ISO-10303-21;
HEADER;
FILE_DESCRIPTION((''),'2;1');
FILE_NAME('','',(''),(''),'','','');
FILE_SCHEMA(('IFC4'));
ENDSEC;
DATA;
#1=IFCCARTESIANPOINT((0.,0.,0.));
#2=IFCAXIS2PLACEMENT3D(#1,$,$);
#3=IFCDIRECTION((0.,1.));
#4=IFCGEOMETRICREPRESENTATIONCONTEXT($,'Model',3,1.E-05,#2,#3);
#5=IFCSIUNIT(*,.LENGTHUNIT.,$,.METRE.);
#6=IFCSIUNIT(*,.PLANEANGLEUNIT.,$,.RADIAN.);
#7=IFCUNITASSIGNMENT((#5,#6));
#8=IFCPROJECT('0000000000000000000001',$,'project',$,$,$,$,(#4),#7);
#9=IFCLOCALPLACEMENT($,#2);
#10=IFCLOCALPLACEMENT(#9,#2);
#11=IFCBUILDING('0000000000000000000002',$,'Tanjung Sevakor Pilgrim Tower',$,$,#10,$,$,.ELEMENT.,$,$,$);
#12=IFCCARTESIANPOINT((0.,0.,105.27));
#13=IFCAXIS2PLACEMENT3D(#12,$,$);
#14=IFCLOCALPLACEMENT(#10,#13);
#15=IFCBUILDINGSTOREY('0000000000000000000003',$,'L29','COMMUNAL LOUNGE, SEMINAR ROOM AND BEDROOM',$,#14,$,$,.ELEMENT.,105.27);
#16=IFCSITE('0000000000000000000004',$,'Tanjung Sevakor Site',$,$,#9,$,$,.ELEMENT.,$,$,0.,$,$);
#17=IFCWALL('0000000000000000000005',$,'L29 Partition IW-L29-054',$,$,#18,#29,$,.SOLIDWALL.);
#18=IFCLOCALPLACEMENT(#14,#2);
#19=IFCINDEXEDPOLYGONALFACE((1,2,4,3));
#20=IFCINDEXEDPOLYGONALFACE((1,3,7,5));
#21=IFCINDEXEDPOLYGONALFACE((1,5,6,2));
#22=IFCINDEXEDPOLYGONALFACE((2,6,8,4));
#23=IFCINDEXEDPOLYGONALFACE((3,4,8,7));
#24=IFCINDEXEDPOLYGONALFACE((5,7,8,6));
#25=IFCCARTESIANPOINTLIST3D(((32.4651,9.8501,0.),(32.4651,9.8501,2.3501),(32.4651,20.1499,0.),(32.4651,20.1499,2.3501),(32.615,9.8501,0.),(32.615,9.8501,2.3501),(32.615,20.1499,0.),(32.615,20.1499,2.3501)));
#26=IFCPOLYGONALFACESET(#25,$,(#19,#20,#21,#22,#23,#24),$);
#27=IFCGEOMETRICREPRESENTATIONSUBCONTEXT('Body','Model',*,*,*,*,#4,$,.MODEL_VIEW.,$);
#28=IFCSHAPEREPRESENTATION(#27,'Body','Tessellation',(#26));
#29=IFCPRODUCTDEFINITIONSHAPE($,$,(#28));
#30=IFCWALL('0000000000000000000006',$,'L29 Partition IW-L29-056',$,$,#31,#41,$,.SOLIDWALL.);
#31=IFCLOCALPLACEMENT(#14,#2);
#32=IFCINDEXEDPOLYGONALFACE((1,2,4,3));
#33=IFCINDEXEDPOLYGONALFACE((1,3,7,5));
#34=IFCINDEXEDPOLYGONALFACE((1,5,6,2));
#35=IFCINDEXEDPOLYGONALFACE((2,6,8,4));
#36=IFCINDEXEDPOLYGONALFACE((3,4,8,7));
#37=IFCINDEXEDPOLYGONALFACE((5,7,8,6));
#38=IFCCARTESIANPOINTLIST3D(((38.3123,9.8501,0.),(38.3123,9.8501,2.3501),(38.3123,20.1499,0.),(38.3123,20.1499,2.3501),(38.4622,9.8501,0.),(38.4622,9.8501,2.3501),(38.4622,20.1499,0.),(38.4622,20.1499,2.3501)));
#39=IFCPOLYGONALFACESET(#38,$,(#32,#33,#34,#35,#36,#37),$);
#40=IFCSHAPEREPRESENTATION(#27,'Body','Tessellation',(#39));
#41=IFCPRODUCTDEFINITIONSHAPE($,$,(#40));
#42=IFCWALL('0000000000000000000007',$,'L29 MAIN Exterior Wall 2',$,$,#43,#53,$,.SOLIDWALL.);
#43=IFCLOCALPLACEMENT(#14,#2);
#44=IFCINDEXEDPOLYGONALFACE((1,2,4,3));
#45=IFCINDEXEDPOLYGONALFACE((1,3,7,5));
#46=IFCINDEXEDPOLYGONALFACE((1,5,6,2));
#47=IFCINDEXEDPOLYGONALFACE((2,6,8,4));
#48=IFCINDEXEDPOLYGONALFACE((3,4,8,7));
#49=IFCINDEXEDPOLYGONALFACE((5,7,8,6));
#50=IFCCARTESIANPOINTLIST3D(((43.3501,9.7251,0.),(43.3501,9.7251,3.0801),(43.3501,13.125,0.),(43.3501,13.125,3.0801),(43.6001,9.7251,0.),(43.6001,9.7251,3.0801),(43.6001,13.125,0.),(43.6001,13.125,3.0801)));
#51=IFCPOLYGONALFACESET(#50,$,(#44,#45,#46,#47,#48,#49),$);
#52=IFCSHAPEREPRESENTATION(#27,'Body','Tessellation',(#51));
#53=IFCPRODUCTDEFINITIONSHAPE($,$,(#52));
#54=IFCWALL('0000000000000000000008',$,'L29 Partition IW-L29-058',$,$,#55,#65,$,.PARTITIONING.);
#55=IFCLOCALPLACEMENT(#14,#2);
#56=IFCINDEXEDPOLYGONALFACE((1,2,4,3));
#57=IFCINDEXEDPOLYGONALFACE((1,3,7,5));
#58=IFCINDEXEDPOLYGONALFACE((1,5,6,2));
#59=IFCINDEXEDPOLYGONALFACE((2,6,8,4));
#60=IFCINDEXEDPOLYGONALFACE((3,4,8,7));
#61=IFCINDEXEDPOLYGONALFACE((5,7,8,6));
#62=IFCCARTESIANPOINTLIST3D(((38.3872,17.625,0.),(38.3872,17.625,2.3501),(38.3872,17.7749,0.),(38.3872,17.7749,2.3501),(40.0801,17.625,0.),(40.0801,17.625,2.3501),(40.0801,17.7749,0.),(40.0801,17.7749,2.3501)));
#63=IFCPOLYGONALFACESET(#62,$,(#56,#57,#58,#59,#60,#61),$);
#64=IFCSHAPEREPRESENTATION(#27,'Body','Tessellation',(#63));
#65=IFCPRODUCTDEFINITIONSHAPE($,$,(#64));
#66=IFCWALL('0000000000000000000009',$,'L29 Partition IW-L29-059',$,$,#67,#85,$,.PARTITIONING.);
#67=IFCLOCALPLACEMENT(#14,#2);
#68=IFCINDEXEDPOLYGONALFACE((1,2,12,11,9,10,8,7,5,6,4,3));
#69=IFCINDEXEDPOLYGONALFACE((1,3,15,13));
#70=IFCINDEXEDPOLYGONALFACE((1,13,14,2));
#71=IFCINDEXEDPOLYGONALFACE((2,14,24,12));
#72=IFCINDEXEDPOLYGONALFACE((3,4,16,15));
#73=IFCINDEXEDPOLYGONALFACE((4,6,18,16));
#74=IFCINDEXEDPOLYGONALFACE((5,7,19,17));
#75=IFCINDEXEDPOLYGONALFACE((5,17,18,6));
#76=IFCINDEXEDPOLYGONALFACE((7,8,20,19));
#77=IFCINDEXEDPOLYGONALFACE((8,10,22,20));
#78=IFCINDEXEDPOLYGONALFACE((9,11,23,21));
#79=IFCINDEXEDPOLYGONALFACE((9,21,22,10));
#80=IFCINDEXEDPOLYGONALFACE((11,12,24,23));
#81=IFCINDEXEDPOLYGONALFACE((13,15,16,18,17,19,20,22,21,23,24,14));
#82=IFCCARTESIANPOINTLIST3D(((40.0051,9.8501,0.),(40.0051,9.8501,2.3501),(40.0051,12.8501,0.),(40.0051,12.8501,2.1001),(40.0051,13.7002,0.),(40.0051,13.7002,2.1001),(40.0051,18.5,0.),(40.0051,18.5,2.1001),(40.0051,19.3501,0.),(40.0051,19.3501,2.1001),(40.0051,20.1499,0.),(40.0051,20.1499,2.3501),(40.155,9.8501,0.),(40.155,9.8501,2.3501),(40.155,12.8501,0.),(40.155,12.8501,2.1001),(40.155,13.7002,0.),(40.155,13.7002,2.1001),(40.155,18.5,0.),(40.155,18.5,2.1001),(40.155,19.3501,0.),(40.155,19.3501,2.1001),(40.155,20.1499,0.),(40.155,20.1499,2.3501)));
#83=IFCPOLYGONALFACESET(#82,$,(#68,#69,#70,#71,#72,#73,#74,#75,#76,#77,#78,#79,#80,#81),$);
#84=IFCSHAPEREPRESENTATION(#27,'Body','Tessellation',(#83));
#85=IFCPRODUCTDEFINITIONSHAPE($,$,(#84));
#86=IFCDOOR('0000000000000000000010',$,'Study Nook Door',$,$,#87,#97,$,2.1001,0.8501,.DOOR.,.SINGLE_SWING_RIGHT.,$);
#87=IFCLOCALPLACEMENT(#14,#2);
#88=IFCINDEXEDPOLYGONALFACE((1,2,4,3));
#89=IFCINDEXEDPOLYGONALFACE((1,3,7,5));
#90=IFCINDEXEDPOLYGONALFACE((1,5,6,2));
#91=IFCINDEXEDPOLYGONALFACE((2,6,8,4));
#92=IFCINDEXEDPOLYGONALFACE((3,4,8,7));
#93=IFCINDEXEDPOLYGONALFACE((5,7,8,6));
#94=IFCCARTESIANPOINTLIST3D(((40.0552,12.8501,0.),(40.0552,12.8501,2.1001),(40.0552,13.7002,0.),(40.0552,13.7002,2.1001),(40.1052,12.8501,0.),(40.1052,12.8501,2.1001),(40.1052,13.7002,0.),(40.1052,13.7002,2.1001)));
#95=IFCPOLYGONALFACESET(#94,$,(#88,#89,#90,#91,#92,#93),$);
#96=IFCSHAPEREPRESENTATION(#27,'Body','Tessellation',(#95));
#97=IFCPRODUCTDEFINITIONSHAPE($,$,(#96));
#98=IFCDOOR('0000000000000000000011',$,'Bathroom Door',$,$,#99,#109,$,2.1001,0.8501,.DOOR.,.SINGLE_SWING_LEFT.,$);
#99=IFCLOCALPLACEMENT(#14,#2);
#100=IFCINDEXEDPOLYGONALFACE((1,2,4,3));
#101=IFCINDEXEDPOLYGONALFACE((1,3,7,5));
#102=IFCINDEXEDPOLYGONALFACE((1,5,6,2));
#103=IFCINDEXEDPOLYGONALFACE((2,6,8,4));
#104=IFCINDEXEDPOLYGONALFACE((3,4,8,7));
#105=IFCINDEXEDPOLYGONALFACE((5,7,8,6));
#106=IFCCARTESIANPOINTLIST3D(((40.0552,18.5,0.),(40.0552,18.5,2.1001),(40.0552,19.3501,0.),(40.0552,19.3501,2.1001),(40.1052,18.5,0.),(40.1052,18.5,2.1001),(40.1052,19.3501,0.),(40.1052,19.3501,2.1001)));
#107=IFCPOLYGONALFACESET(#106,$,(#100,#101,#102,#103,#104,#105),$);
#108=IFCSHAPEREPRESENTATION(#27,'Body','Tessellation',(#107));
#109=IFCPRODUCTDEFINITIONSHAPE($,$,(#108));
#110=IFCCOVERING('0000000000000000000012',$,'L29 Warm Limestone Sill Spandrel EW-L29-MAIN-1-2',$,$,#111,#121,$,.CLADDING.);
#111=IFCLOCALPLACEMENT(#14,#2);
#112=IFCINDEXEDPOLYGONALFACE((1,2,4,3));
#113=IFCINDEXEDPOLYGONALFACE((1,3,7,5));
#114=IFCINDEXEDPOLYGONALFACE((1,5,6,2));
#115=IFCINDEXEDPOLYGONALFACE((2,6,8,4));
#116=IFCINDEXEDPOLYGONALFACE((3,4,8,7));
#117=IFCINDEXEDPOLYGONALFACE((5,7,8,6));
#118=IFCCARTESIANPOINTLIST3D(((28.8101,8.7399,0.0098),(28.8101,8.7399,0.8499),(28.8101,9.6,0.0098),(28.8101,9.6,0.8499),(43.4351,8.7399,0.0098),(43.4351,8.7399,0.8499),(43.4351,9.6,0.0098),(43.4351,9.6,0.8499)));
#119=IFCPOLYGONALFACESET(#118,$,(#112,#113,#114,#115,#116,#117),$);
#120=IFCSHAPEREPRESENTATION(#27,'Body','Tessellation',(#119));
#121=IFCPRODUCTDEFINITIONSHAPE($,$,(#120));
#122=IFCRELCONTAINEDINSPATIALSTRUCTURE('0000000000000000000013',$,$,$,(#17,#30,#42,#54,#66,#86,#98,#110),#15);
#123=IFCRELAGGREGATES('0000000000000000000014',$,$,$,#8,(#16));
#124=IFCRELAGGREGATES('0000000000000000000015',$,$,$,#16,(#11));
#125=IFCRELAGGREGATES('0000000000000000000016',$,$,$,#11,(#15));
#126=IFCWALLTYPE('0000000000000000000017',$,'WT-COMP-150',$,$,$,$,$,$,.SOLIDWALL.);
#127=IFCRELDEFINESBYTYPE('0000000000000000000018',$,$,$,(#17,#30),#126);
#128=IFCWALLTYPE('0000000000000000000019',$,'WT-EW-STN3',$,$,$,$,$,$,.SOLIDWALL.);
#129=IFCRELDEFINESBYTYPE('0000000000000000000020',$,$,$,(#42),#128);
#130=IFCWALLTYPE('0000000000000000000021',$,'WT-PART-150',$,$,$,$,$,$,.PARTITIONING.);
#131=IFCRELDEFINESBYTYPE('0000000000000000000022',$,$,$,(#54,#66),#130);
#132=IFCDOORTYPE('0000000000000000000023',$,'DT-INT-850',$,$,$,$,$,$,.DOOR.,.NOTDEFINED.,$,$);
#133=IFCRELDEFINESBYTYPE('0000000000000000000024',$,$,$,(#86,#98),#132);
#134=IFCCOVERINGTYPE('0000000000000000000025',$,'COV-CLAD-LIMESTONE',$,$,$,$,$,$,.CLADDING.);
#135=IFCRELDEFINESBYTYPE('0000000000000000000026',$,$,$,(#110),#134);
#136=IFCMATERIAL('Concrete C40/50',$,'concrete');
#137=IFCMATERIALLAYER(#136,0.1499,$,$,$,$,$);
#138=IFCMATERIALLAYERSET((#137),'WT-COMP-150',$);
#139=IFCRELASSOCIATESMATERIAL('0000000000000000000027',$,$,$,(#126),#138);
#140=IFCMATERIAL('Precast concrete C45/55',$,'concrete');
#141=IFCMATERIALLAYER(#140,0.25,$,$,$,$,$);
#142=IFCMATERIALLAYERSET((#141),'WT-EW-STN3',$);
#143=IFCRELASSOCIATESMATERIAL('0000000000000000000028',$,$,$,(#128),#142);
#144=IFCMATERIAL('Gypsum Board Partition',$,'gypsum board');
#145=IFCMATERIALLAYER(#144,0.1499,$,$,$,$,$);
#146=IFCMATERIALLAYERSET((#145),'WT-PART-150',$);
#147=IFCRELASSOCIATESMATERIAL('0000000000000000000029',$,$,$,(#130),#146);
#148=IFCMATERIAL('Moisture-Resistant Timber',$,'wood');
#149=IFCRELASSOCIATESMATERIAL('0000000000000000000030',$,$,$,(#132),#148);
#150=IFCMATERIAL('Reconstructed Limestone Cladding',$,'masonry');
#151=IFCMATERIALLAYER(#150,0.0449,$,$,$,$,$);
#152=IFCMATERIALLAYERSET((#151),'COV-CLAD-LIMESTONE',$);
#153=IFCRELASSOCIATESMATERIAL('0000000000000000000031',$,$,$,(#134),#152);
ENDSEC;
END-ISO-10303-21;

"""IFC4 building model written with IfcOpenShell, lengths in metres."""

from ifc_helpers import new_model, si_unit, direction, frame, frame_2d, origin, origin_2d, place, context, subcontext, project, spatial, rectangle, extrude, material, layer, layer_set, type_object, element, fill, save


model = new_model("IFC4")

# Units and contexts
model_context = context("Model", 3, precision=1e-05, world=origin(), true_north=direction((0.0, 1.0)))
body_context = subcontext(model_context, "Body", "Model", "MODEL_VIEW")
ifc_project = project(units=[si_unit("LENGTHUNIT", "METRE"), si_unit("PLANEANGLEUNIT", "RADIAN")], contexts=[model_context])

# Site, building, storey
site_placement = place(None, origin())
site = spatial("IfcSite", under=ifc_project, at=site_placement, Name="Tanjung Sevakor Site", CompositionType="ELEMENT", RefElevation=0.0)
building_placement = place(site_placement, origin())
building = spatial("IfcBuilding", under=site, at=building_placement, Name="Tanjung Sevakor Pilgrim Tower", CompositionType="ELEMENT")
storey_placement = place(building_placement, frame((0.0, 0.0, 105.27)))
storey = spatial("IfcBuildingStorey", under=building, at=storey_placement, Name="L29", Description="COMMUNAL LOUNGE, SEMINAR ROOM AND BEDROOM", CompositionType="ELEMENT", Elevation=105.27)

# Walls
ifc_material_1 = material(Name="Concrete C40/50", Category="concrete")
ifc_layer_1 = layer(ifc_material_1, 0.1499)
ifc_layer_set_1 = layer_set([ifc_layer_1], Name="WT-COMP-150")
wall_type_1 = type_object("IfcWallType", Name="WT-COMP-150", PredefinedType="SOLIDWALL", material=ifc_layer_set_1)
for number, where, z_axis, x_axis, name in (
    (1, (32.54, 9.8501, 0.0), (0.0, 0.0, 1.0), (0.0, 1.0, 0.0), "L29 Partition IW-L29-054"),
    (2, (38.3872, 9.8501, 0.0), (0.0, 0.0, 1.0), (0.0, 1.0, 0.0), "L29 Partition IW-L29-056"),
):
    element("IfcWall", number, at=place(storey_placement, frame(where, z_axis=z_axis, x_axis=x_axis)), inside=storey, type_object=wall_type_1, Name=name, PredefinedType="SOLIDWALL", context=body_context, shape_type="SweptSolid", body=[
        extrude(rectangle(XDim=10.2998, YDim=0.1499, at=frame_2d((5.1499, 0.0))), origin(), (0.0, 0.0, 1.0), 2.3501),
    ])
ifc_material_2 = material(Name="Precast concrete C45/55", Category="concrete")
ifc_layer_2 = layer(ifc_material_2, 0.25)
ifc_layer_set_2 = layer_set([ifc_layer_2], Name="WT-EW-STN3")
wall_type_2 = type_object("IfcWallType", Name="WT-EW-STN3", PredefinedType="SOLIDWALL", material=ifc_layer_set_2)
wall_1_placement = place(storey_placement, frame((43.4751, 9.7251, 0.0), z_axis=(0.0, 0.0, 1.0), x_axis=(0.0, 1.0, 0.0)))
element("IfcWall", 3, at=wall_1_placement, inside=storey, type_object=wall_type_2, Name="L29 MAIN Exterior Wall 2", PredefinedType="SOLIDWALL", context=body_context, shape_type="SweptSolid", body=[
    extrude(rectangle(XDim=3.3999, YDim=0.25, at=frame_2d((1.7, 0.0))), origin(), (0.0, 0.0, 1.0), 3.0801),
])
ifc_material_3 = material(Name="Gypsum Board Partition", Category="gypsum board")
ifc_layer_3 = layer(ifc_material_3, 0.1499)
ifc_layer_set_3 = layer_set([ifc_layer_3], Name="WT-PART-150")
wall_type_3 = type_object("IfcWallType", Name="WT-PART-150", PredefinedType="PARTITIONING", material=ifc_layer_set_3)
wall_2_placement = place(storey_placement, frame((38.3872, 17.7, 0.0), z_axis=(0.0, 0.0, 1.0), x_axis=(1.0, 0.0, 0.0)))
element("IfcWall", 4, at=wall_2_placement, inside=storey, type_object=wall_type_3, Name="L29 Partition IW-L29-058", PredefinedType="PARTITIONING", context=body_context, shape_type="SweptSolid", body=[
    extrude(rectangle(XDim=1.6929, YDim=0.1499, at=frame_2d((0.8464, 0.0))), origin(), (0.0, 0.0, 1.0), 2.3501),
])

# Wall, openings, doors
wall_3_placement = place(storey_placement, frame((40.0801, 9.8501, 0.0), z_axis=(0.0, 0.0, 1.0), x_axis=(0.0, 1.0, 0.0)))
wall_3 = element("IfcWall", 5, at=wall_3_placement, inside=storey, type_object=wall_type_3, Name="L29 Partition IW-L29-059", PredefinedType="PARTITIONING", context=body_context, shape_type="SweptSolid", body=[
    extrude(rectangle(XDim=10.2998, YDim=0.1499, at=frame_2d((5.1499, 0.0))), origin(), (0.0, 0.0, 1.0), 2.3501),
])
opening_1_placement = place(wall_3_placement, frame((3.0, 0.0, 0.0)))
opening_1 = element("IfcOpeningElement", 6, at=opening_1_placement, cuts=wall_3, PredefinedType="OPENING", context=body_context, shape_type="SweptSolid", body=[
    extrude(rectangle(XDim=0.8501, YDim=2.1001, at=frame_2d((0.425, 1.05))), frame((0.0, 0.085, 0.0), z_axis=(0.0, -1.0, 0.0), x_axis=(1.0, 0.0, 0.0)), (0.0, 0.0, 1.0), 0.1699),
])
opening_2_placement = place(wall_3_placement, frame((8.6499, 0.0, 0.0)))
opening_2 = element("IfcOpeningElement", 7, at=opening_2_placement, cuts=wall_3, PredefinedType="OPENING", context=body_context, shape_type="SweptSolid", body=[
    extrude(rectangle(XDim=0.8501, YDim=2.1001, at=frame_2d((0.425, 1.05))), frame((0.0, 0.085, 0.0), z_axis=(0.0, -1.0, 0.0), x_axis=(1.0, 0.0, 0.0)), (0.0, 0.0, 1.0), 0.1699),
])
ifc_material_4 = material(Name="Moisture-Resistant Timber", Category="wood")
door_type = type_object("IfcDoorType", Name="DT-INT-850", OperationType="NOTDEFINED", PredefinedType="DOOR", material=ifc_material_4)
door_1_placement = place(opening_1_placement, origin())
door_1 = element("IfcDoor", 8, at=door_1_placement, inside=storey, type_object=door_type, Name="Study Nook Door", OperationType="SINGLE_SWING_RIGHT", OverallHeight=2.1001, OverallWidth=0.8501, PredefinedType="DOOR", context=body_context, shape_type="SweptSolid", body=[
    extrude(rectangle(XDim=0.8501, YDim=2.1001, at=frame_2d((0.425, 1.05))), frame((0.0, 0.0249, 0.0), z_axis=(0.0, -1.0, 0.0), x_axis=(1.0, 0.0, 0.0)), (0.0, 0.0, 1.0), 0.05),
])
fill(opening_1, door_1)
door_2_placement = place(opening_2_placement, origin())
door_2 = element("IfcDoor", 9, at=door_2_placement, inside=storey, type_object=door_type, Name="Bathroom Door", OperationType="SINGLE_SWING_LEFT", OverallHeight=2.1001, OverallWidth=0.8501, PredefinedType="DOOR", context=body_context, shape_type="SweptSolid", body=[
    extrude(rectangle(XDim=0.8501, YDim=2.1001, at=frame_2d((0.425, 1.05))), frame((0.0, 0.0249, 0.0), z_axis=(0.0, -1.0, 0.0), x_axis=(1.0, 0.0, 0.0)), (0.0, 0.0, 1.0), 0.05),
])
fill(opening_2, door_2)

# Covering
ifc_material_5 = material(Name="Reconstructed Limestone Cladding", Category="masonry")
ifc_layer_4 = layer(ifc_material_5, 0.0449)
ifc_layer_set_4 = layer_set([ifc_layer_4], Name="COV-CLAD-LIMESTONE")
covering_type = type_object("IfcCoveringType", Name="COV-CLAD-LIMESTONE", PredefinedType="CLADDING", material=ifc_layer_set_4)
covering_placement = place(storey_placement, frame((36.1226, 9.1699, 0.0098), z_axis=(0.0, 0.0, 1.0), x_axis=(1.0, 0.0, 0.0)))
element("IfcCovering", 10, at=covering_placement, inside=storey, type_object=covering_type, Name="L29 Warm Limestone Sill Spandrel EW-L29-MAIN-1-2", PredefinedType="CLADDING", context=body_context, shape_type="SweptSolid", body=[
    extrude(rectangle(XDim=14.625, YDim=0.8601, at=origin_2d()), origin(), (0.0, 0.0, 1.0), 0.8401),
])

save(model, "model.ifc")
